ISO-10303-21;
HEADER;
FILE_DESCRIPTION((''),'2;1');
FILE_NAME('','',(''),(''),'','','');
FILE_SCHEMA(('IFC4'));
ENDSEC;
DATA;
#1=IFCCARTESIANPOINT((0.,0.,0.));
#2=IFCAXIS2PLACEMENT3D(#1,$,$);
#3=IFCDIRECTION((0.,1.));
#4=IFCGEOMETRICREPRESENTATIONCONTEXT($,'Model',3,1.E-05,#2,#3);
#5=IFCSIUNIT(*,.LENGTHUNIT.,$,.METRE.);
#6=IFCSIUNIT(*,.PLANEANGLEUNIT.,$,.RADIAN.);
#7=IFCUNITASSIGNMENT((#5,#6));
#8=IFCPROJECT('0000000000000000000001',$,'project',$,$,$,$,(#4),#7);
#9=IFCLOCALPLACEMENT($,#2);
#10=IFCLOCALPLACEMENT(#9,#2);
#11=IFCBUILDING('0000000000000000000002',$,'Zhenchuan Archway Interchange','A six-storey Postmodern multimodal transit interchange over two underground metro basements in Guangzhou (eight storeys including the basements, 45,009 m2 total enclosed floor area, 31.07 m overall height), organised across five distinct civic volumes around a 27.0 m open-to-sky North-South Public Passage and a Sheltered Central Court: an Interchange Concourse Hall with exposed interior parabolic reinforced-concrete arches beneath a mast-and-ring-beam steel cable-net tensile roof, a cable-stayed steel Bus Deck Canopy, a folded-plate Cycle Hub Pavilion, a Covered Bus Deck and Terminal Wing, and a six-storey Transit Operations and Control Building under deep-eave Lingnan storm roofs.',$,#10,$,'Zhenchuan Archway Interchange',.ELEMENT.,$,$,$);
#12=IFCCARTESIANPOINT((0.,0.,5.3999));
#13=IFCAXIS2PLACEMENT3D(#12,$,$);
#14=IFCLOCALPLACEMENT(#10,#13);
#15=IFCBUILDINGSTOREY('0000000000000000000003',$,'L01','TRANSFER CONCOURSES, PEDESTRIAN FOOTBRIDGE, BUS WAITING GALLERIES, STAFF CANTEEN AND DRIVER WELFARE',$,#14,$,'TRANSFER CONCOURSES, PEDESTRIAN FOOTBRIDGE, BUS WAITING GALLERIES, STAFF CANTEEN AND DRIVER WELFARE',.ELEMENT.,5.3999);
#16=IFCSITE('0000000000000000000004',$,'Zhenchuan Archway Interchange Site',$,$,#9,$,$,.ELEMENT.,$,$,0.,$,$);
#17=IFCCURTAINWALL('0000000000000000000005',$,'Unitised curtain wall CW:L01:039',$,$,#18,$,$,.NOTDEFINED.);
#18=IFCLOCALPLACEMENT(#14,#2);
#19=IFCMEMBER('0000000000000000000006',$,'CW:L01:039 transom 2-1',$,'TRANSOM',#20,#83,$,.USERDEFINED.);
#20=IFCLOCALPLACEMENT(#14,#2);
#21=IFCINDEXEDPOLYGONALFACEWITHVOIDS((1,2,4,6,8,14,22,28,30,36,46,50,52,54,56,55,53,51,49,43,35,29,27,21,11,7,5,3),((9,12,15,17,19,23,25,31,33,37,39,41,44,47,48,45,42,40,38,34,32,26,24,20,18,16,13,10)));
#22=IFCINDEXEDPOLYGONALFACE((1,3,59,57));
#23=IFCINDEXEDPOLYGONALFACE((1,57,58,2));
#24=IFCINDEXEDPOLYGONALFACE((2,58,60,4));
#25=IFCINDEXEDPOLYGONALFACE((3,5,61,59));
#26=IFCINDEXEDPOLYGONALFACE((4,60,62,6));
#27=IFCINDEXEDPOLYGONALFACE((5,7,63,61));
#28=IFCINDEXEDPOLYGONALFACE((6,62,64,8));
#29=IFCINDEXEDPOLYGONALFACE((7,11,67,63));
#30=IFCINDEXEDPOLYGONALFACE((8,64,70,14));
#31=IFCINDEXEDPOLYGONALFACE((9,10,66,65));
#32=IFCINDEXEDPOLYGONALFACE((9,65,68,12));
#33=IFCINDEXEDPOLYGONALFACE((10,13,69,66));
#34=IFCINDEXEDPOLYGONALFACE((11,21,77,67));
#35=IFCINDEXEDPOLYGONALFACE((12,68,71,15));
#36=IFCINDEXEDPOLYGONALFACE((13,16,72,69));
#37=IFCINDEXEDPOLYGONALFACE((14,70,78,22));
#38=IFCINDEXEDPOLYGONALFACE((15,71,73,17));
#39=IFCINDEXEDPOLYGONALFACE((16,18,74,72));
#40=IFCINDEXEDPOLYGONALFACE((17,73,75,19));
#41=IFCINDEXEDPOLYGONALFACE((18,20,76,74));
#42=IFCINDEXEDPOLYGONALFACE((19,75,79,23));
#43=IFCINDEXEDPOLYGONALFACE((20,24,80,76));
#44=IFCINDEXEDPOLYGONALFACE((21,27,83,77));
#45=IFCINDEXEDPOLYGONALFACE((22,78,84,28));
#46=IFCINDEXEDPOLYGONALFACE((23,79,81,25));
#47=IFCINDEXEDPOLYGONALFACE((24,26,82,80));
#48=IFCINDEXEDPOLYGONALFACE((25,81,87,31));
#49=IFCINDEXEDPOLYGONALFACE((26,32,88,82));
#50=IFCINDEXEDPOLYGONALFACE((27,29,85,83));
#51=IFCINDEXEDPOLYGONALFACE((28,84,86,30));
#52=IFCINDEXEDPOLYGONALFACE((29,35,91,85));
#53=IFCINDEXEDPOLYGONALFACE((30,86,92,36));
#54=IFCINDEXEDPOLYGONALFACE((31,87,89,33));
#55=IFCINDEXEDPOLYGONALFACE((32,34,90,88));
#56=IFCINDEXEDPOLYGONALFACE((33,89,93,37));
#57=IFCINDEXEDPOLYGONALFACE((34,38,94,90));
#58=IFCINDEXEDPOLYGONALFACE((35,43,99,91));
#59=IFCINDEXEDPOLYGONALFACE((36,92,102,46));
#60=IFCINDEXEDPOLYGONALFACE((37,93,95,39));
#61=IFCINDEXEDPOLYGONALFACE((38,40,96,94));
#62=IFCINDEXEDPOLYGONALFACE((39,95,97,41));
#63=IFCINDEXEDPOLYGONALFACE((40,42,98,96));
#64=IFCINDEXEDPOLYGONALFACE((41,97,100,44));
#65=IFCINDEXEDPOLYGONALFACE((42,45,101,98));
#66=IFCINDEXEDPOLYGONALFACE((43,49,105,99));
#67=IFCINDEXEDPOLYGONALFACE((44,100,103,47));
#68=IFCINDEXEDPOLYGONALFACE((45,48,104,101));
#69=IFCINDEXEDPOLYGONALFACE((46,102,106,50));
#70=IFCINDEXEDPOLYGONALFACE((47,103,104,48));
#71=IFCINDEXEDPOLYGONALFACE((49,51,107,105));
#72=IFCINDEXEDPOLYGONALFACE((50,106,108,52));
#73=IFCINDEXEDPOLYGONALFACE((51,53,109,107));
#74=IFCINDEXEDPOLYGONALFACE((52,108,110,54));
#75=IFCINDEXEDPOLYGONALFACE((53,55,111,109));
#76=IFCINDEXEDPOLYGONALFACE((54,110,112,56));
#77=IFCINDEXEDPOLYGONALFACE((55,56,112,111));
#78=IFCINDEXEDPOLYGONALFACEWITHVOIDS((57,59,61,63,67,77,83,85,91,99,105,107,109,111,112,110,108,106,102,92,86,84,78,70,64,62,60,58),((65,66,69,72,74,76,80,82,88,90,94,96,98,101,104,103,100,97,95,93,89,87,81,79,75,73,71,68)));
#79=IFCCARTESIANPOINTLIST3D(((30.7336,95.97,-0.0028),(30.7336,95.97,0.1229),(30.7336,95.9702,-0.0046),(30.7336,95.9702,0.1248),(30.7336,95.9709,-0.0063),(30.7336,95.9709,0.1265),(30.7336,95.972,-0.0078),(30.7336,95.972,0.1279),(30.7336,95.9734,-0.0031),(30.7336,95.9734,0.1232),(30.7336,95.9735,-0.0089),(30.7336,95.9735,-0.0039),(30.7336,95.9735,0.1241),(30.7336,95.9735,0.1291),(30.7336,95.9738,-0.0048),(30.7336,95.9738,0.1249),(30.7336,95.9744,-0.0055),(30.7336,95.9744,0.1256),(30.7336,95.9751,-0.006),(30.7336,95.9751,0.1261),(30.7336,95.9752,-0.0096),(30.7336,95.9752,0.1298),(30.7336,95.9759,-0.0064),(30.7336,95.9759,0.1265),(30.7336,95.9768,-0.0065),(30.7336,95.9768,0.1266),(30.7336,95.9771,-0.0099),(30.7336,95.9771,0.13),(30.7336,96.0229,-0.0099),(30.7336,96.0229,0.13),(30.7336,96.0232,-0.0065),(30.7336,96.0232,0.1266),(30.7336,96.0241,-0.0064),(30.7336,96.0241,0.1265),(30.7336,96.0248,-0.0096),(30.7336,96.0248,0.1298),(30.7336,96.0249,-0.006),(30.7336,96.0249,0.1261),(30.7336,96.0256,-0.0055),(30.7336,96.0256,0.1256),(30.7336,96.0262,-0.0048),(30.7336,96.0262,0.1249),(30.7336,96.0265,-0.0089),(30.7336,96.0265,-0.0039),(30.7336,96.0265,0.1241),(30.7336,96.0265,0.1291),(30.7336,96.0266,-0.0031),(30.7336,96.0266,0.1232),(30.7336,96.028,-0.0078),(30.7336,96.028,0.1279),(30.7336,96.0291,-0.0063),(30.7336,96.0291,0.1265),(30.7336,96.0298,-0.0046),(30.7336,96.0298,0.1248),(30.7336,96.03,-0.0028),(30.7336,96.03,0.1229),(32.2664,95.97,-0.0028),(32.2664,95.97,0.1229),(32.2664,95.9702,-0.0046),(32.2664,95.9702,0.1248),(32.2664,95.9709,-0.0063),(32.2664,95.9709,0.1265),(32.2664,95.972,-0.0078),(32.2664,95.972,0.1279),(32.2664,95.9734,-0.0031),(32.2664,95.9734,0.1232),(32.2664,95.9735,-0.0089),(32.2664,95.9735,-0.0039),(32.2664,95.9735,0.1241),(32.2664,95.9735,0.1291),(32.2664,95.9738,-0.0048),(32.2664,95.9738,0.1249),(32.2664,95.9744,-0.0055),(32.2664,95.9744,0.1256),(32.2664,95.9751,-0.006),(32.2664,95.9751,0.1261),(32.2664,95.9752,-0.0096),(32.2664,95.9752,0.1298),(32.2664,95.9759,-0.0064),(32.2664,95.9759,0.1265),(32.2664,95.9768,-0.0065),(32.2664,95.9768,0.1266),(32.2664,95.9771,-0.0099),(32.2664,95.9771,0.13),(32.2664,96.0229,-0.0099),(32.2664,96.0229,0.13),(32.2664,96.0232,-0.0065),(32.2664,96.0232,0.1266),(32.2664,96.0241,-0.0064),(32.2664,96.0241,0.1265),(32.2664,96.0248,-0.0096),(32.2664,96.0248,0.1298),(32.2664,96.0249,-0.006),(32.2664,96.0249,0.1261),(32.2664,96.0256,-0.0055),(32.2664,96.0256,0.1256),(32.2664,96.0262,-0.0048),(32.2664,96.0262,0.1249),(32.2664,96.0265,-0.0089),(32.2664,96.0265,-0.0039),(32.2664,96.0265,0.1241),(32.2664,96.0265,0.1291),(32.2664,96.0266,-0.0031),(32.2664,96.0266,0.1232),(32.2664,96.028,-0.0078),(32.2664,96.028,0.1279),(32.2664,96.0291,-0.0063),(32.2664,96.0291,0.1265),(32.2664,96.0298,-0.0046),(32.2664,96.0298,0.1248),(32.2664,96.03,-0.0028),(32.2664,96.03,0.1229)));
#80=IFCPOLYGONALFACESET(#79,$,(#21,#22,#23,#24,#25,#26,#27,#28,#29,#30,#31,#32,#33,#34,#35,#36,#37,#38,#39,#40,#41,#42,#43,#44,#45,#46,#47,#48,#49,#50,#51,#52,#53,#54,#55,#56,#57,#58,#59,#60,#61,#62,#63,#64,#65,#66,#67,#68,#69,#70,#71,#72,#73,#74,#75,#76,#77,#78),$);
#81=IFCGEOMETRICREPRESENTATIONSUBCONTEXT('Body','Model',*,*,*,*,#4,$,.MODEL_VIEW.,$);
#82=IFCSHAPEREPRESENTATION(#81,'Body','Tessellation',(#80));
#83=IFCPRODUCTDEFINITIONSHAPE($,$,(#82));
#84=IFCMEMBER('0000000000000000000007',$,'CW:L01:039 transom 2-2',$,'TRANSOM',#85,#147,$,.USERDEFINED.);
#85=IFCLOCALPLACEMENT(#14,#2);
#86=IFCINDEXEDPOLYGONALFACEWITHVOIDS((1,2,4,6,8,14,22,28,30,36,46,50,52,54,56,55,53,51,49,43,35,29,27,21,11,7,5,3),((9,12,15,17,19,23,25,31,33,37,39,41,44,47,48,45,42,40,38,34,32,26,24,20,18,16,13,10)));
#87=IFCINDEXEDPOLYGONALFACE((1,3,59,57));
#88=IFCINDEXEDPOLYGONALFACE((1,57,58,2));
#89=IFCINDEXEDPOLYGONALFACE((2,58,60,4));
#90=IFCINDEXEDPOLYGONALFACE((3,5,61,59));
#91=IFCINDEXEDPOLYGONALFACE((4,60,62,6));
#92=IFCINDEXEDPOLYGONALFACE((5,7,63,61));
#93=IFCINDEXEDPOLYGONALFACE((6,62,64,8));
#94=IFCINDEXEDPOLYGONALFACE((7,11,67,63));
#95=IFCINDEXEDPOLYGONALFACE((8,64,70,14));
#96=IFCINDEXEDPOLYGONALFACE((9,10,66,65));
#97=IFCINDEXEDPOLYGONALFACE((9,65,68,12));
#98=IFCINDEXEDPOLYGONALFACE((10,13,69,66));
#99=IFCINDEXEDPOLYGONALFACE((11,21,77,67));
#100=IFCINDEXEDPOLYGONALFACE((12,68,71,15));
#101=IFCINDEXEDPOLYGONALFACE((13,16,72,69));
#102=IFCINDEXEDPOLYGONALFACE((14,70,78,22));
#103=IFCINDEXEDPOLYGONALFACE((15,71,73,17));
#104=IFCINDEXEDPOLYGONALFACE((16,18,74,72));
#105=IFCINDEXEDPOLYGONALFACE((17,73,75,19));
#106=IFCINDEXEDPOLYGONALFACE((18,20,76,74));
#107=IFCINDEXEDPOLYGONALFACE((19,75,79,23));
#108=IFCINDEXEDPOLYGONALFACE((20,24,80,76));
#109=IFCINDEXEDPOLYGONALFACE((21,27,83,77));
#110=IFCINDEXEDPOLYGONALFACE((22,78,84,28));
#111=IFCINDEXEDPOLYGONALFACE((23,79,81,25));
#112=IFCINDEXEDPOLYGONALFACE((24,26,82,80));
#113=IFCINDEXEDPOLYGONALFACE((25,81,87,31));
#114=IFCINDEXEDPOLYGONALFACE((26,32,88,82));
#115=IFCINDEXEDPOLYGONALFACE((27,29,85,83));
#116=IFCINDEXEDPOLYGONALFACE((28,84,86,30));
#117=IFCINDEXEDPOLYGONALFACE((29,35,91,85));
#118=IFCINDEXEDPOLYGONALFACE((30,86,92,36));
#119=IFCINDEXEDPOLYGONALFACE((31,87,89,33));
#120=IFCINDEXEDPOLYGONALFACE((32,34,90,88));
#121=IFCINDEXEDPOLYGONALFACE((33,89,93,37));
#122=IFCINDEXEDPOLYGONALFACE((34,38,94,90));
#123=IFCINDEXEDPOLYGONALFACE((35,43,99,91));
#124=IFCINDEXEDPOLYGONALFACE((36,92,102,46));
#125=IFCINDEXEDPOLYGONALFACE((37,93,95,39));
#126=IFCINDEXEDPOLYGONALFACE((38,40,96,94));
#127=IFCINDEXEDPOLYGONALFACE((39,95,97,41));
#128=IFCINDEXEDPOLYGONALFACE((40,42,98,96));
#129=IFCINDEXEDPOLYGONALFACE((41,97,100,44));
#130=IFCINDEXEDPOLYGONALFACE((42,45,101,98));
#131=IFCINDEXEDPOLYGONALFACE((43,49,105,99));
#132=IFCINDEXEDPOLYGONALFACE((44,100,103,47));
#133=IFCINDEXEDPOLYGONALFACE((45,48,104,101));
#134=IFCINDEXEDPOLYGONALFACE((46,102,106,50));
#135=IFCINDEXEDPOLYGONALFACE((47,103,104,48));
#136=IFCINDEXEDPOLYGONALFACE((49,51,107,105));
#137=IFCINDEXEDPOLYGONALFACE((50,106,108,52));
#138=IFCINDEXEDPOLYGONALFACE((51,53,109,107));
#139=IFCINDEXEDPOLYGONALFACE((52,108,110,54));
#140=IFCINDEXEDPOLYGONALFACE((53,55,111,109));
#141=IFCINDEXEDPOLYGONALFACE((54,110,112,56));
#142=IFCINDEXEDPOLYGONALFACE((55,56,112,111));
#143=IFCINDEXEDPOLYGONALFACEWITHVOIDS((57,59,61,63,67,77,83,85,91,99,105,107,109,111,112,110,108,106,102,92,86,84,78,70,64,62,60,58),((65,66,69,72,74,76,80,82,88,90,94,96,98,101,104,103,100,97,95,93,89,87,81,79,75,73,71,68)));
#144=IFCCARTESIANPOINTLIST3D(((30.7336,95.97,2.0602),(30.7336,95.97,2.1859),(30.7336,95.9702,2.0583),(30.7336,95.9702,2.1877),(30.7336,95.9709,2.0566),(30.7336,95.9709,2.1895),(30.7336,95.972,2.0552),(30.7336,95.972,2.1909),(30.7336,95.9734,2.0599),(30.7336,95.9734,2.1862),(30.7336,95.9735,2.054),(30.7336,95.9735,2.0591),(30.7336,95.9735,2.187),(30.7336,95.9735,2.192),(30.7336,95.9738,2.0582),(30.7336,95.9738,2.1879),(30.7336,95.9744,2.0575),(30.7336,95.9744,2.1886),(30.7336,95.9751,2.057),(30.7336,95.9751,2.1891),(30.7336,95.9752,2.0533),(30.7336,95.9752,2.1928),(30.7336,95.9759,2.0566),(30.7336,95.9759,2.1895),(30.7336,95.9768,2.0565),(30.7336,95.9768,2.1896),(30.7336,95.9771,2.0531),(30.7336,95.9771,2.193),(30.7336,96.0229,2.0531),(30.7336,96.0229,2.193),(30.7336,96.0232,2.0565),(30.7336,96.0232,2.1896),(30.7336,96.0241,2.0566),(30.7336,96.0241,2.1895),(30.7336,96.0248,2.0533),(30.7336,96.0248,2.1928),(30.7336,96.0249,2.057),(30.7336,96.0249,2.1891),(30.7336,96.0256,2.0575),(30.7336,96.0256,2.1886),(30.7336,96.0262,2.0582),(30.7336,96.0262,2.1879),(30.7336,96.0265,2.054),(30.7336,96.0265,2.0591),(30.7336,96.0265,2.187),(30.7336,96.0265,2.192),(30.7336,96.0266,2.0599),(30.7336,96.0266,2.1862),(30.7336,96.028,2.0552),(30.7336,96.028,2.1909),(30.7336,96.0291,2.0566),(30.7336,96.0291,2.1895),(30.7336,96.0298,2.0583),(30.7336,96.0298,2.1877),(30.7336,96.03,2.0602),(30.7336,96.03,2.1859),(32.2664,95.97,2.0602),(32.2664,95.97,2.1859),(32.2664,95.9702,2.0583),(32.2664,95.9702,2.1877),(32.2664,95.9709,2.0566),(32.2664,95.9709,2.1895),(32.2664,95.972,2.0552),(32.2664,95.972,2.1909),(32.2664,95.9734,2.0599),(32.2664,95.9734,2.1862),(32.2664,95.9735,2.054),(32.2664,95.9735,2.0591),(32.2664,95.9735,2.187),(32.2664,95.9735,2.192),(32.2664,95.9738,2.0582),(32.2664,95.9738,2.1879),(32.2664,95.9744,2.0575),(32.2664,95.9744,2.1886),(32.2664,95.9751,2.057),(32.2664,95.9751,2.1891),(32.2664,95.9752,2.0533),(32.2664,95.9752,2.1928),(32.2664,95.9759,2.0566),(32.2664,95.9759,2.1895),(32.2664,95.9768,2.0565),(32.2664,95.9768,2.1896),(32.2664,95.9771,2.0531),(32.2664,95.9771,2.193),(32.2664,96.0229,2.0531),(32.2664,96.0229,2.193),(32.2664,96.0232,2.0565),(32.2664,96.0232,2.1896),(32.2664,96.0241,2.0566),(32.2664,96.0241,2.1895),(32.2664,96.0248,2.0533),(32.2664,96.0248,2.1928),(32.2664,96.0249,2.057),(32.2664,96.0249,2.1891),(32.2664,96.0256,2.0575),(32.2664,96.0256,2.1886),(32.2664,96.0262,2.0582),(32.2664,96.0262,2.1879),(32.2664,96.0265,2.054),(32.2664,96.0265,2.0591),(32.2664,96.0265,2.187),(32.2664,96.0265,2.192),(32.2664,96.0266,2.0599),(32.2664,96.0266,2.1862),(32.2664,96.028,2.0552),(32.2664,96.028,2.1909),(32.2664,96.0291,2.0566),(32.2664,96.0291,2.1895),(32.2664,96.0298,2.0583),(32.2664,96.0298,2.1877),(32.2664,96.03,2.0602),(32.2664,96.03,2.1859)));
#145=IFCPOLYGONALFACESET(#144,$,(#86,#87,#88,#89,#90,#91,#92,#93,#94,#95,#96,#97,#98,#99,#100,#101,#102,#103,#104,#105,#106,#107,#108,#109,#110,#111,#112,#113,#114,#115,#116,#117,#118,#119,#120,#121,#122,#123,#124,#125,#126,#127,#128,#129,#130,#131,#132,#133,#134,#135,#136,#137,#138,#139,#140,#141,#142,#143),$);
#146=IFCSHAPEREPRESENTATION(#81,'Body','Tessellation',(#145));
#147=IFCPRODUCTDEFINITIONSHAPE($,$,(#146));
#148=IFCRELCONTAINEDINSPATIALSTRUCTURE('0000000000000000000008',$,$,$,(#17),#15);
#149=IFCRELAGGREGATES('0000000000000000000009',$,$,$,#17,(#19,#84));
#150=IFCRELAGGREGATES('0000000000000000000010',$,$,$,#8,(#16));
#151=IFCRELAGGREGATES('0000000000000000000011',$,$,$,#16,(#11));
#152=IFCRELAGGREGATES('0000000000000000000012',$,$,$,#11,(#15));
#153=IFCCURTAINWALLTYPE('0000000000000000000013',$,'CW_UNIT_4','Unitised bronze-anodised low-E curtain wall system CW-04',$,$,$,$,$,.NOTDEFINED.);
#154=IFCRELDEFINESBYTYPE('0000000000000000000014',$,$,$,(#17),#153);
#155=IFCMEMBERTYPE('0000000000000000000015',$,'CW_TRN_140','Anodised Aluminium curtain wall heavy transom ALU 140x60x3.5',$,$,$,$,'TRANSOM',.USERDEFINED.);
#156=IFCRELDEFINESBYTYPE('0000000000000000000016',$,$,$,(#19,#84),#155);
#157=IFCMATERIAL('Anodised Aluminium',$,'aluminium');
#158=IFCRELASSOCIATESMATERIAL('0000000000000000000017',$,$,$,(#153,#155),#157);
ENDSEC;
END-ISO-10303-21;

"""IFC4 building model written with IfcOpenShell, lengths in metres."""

from ifc_helpers import new_model, si_unit, direction, frame, origin, origin_2d, place, context, subcontext, project, spatial, hollow_rectangle, extrude, material, material_profile, profile_set, type_object, element, aggregate, save


model = new_model("IFC4")

# Units and contexts
model_context = context("Model", 3, precision=1e-05, world=origin(), true_north=direction((0.0, 1.0)))
body_context = subcontext(model_context, "Body", "Model", "MODEL_VIEW")
ifc_project = project(units=[si_unit("LENGTHUNIT", "METRE"), si_unit("PLANEANGLEUNIT", "RADIAN")], contexts=[model_context])

# Site, building, storey
site_placement = place(None, origin())
site = spatial("IfcSite", under=ifc_project, at=site_placement, Name="Zhenchuan Archway Interchange Site", CompositionType="ELEMENT", RefElevation=0.0)
building_placement = place(site_placement, origin())
building = spatial("IfcBuilding", under=site, at=building_placement, Name="Zhenchuan Archway Interchange", Description="A six-storey Postmodern multimodal transit interchange over two underground metro basements in Guangzhou (eight storeys including the basements, 45,009 m2 total enclosed floor area, 31.07 m overall height), organised across five distinct civic volumes around a 27.0 m open-to-sky North-South Public Passage and a Sheltered Central Court: an Interchange Concourse Hall with exposed interior parabolic reinforced-concrete arches beneath a mast-and-ring-beam steel cable-net tensile roof, a cable-stayed steel Bus Deck Canopy, a folded-plate Cycle Hub Pavilion, a Covered Bus Deck and Terminal Wing, and a six-storey Transit Operations and Control Building under deep-eave Lingnan storm roofs.", LongName="Zhenchuan Archway Interchange", CompositionType="ELEMENT")
storey_placement = place(building_placement, frame((0.0, 0.0, 5.3999)))
storey = spatial("IfcBuildingStorey", under=building, at=storey_placement, Name="L01", Description="TRANSFER CONCOURSES, PEDESTRIAN FOOTBRIDGE, BUS WAITING GALLERIES, STAFF CANTEEN AND DRIVER WELFARE", LongName="TRANSFER CONCOURSES, PEDESTRIAN FOOTBRIDGE, BUS WAITING GALLERIES, STAFF CANTEEN AND DRIVER WELFARE", CompositionType="ELEMENT", Elevation=5.3999)

# Curtain wall, members
ifc_material_1 = material(Name="Anodised Aluminium", Category="aluminium")
curtain_wall_type = type_object("IfcCurtainWallType", Name="CW_UNIT_4", Description="Unitised bronze-anodised low-E curtain wall system CW-04", PredefinedType="NOTDEFINED", material=ifc_material_1)
curtain_wall_placement = place(storey_placement, origin())
curtain_wall = element("IfcCurtainWall", 1, at=curtain_wall_placement, inside=storey, type_object=curtain_wall_type, Name="Unitised curtain wall CW:L01:039", PredefinedType="NOTDEFINED")
ifc_material_profile_1 = material_profile(ifc_material_1, hollow_rectangle(XDim=0.0601, YDim=0.1399, WallThickness=0.0034, InnerFilletRadius=0.0034, OuterFilletRadius=0.0071, at=origin_2d()), Name="ALU 140x60x3.5")
ifc_profile_set_1 = profile_set([ifc_material_profile_1], Name="Anodised Aluminium")
member_type_1 = type_object("IfcMemberType", Name="CW_TRN_140", Description="Anodised Aluminium curtain wall heavy transom ALU 140x60x3.5", ElementType="TRANSOM", PredefinedType="USERDEFINED", material=ifc_profile_set_1)
member_1_placement = place(storey_placement, frame((32.2664, 96.0, 0.0601), z_axis=(-1.0, 0.0, 0.0), x_axis=(0.0, -1.0, 0.0)))
member_1 = element("IfcMember", 2, at=member_1_placement, type_object=member_type_1, Name="CW:L01:039 transom 2-1", ObjectType="TRANSOM", PredefinedType="USERDEFINED", context=body_context, shape_type="SweptSolid", body=[
    extrude(hollow_rectangle(XDim=0.0601, YDim=0.1399, WallThickness=0.0034, InnerFilletRadius=0.0034, OuterFilletRadius=0.0071, at=origin_2d()), origin(), (0.0, 0.0, 1.0), 1.5327),
])
member_2_placement = place(storey_placement, frame((32.2664, 96.0, 2.123), z_axis=(-1.0, 0.0, 0.0), x_axis=(0.0, -1.0, 0.0)))
member_2 = element("IfcMember", 3, at=member_2_placement, type_object=member_type_1, Name="CW:L01:039 transom 2-2", ObjectType="TRANSOM", PredefinedType="USERDEFINED", context=body_context, shape_type="SweptSolid", body=[
    extrude(hollow_rectangle(XDim=0.0601, YDim=0.1399, WallThickness=0.0034, InnerFilletRadius=0.0034, OuterFilletRadius=0.0071, at=origin_2d()), origin(), (0.0, 0.0, 1.0), 1.5327),
])

aggregate(curtain_wall, [member_1, member_2])

save(model, "model.ifc")
